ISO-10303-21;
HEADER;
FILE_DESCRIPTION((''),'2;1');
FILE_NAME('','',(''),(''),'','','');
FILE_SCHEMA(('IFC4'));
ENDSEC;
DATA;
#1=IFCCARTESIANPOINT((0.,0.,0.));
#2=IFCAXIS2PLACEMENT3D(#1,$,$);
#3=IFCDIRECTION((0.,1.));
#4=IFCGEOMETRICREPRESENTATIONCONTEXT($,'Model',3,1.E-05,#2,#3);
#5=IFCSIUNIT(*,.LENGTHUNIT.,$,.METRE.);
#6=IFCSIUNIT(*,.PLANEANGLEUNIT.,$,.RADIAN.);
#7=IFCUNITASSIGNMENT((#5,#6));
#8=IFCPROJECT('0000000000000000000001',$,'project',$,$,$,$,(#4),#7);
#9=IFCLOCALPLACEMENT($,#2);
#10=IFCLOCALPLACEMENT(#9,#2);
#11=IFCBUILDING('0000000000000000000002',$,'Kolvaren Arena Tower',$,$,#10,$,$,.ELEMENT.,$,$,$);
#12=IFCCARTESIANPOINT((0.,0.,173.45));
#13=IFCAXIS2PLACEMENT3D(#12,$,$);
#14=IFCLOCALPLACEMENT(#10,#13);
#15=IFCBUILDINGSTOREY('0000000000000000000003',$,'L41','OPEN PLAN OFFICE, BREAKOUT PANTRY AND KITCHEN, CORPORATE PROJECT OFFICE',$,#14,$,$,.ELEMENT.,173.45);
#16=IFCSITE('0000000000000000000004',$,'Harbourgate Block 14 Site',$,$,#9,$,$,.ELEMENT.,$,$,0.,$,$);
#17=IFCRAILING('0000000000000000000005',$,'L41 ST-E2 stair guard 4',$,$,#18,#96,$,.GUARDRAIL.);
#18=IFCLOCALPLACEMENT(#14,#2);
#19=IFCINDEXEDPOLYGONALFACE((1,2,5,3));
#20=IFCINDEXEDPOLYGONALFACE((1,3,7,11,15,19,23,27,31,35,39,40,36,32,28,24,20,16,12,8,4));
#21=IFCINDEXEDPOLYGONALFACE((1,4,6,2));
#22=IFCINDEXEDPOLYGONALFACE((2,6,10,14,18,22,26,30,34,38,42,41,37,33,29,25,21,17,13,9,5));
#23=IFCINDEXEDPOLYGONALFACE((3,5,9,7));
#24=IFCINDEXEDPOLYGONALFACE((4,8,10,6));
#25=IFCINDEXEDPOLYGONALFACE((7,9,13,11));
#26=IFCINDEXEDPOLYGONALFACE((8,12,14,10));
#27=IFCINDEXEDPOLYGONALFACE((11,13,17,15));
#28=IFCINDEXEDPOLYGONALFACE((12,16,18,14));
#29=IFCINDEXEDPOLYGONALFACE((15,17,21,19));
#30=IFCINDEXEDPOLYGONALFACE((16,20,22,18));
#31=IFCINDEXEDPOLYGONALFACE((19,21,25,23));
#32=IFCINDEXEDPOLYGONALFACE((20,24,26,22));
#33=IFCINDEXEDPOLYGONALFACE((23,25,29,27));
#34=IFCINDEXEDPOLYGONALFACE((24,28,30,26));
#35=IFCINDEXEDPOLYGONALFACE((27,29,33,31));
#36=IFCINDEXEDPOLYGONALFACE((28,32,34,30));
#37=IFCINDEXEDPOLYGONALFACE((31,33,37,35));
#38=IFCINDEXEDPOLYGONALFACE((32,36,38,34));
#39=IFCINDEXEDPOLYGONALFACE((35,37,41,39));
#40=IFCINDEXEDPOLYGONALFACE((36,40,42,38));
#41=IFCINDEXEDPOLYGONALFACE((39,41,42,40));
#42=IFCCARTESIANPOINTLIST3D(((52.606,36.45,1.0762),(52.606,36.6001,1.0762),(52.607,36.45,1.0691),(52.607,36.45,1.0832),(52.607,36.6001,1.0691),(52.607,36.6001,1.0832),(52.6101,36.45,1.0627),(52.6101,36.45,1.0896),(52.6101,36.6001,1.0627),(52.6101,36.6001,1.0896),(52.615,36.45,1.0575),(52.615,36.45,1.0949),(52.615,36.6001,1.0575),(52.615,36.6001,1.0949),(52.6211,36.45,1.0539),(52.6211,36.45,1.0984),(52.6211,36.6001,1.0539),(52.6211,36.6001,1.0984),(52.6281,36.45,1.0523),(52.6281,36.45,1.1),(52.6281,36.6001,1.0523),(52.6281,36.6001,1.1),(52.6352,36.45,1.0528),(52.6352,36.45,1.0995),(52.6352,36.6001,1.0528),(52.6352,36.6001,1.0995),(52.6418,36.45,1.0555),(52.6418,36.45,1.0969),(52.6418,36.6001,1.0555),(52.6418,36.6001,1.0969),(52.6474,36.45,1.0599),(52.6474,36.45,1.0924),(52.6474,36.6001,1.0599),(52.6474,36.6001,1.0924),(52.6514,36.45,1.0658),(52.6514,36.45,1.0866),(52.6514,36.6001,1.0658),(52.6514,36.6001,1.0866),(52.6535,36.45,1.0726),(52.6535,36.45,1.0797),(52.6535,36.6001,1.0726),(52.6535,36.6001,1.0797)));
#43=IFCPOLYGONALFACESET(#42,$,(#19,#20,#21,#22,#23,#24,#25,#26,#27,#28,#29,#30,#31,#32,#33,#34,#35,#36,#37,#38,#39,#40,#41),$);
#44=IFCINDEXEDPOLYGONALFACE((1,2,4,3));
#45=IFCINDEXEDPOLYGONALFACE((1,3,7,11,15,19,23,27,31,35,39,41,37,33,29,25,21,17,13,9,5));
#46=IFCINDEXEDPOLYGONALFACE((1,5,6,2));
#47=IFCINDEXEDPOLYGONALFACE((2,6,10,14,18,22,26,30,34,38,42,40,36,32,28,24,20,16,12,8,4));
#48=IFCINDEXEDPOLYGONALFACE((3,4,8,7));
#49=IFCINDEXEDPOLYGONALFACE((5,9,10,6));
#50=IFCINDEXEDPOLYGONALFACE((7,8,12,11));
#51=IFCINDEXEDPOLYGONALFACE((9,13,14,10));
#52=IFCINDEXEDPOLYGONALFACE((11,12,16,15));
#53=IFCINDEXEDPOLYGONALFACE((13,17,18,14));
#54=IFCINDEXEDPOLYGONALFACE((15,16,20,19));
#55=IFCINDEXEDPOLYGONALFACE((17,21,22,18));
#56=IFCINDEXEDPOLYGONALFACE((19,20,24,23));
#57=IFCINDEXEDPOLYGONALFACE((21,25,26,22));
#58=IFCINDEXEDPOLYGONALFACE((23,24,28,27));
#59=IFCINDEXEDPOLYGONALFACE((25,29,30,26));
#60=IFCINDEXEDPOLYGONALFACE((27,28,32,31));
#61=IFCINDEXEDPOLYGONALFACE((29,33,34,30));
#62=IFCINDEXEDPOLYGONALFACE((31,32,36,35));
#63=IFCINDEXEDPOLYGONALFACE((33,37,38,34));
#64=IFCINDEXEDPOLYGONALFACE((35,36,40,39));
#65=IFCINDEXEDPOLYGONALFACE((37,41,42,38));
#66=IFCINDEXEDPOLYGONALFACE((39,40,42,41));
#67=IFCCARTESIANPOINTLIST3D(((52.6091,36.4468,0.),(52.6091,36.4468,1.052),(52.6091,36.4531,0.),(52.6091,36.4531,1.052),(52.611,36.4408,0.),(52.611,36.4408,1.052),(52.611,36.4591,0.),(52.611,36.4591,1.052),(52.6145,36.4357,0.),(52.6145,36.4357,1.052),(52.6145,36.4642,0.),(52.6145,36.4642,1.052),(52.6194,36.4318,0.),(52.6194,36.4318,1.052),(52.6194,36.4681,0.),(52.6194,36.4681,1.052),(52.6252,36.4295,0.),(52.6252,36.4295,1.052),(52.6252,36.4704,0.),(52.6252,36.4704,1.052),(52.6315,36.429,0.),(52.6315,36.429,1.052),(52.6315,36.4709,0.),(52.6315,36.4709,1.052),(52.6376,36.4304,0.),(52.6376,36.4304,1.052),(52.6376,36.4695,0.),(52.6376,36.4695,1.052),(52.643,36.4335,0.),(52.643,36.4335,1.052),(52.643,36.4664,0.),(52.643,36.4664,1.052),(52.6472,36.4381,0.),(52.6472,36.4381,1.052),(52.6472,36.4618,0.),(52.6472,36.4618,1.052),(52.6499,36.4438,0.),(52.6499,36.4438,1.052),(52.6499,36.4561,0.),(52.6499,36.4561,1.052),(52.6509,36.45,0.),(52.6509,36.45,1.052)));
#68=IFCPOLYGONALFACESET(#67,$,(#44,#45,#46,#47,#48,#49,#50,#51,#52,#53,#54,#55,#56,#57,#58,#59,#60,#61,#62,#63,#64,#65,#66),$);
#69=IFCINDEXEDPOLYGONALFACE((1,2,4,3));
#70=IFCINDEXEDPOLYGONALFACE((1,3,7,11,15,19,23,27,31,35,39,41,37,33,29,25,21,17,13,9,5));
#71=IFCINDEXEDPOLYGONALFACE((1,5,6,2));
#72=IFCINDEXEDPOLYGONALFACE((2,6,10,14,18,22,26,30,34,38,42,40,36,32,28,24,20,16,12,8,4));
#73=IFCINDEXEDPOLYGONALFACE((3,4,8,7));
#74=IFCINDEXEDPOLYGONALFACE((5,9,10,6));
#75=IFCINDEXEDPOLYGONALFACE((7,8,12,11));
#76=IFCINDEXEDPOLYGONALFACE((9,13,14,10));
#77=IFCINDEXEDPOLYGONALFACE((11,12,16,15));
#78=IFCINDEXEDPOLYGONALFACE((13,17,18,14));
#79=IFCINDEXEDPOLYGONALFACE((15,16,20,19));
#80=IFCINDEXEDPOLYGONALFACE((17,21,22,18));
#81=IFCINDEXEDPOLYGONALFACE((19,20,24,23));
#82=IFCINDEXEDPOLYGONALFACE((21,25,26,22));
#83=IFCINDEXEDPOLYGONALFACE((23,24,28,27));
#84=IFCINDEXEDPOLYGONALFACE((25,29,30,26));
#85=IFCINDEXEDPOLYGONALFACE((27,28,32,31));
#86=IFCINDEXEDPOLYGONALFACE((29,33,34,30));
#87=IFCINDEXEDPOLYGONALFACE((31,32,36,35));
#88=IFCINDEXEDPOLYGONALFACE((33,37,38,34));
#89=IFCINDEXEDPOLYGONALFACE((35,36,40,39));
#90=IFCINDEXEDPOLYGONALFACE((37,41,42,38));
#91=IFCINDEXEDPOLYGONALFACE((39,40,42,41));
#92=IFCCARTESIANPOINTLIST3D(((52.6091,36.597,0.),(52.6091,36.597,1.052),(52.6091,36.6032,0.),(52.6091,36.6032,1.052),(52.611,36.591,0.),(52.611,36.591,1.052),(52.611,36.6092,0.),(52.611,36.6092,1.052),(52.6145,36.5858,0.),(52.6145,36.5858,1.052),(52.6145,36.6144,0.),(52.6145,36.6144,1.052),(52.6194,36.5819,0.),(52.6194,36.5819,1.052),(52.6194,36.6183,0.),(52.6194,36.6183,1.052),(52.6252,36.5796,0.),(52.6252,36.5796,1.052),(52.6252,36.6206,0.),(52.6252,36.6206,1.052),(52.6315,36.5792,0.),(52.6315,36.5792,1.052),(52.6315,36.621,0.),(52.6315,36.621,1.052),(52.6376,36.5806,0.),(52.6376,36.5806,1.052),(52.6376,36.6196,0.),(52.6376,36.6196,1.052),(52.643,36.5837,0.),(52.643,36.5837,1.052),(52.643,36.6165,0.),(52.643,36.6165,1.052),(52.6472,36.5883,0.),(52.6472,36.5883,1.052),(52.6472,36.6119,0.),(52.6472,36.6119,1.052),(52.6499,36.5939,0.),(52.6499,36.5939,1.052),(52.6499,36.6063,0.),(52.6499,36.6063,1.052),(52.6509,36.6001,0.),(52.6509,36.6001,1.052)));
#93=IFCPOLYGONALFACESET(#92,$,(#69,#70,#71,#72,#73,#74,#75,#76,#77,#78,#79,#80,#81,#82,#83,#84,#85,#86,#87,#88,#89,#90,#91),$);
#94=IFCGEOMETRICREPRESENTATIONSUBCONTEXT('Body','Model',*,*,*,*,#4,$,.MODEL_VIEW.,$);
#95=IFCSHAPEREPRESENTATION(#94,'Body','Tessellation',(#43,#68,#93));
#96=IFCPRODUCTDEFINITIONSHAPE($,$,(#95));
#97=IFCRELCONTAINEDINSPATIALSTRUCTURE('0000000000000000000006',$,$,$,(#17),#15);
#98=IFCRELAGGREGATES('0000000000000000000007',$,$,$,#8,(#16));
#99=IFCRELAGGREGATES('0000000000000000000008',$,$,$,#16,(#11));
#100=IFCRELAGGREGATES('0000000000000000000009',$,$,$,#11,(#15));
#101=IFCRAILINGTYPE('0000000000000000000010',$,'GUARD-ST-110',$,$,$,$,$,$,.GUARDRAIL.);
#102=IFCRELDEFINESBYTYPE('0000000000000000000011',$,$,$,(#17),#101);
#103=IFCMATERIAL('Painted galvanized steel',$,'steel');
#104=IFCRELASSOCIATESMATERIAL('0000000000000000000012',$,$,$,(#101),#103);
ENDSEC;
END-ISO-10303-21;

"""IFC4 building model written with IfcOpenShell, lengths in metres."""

from ifc_helpers import new_model, si_unit, direction, frame, origin, origin_2d, place, context, subcontext, project, spatial, circle, extrude, material, type_object, element, save


model = new_model("IFC4")

# Units and contexts
model_context = context("Model", 3, precision=1e-05, world=origin(), true_north=direction((0.0, 1.0)))
body_context = subcontext(model_context, "Body", "Model", "MODEL_VIEW")
ifc_project = project(units=[si_unit("LENGTHUNIT", "METRE"), si_unit("PLANEANGLEUNIT", "RADIAN")], contexts=[model_context])

# Site, building, storey
site_placement = place(None, origin())
site = spatial("IfcSite", under=ifc_project, at=site_placement, Name="Harbourgate Block 14 Site", CompositionType="ELEMENT", RefElevation=0.0)
building_placement = place(site_placement, origin())
building = spatial("IfcBuilding", under=site, at=building_placement, Name="Kolvaren Arena Tower", CompositionType="ELEMENT")
storey_placement = place(building_placement, frame((0.0, 0.0, 173.45)))
storey = spatial("IfcBuildingStorey", under=building, at=storey_placement, Name="L41", Description="OPEN PLAN OFFICE, BREAKOUT PANTRY AND KITCHEN, CORPORATE PROJECT OFFICE", CompositionType="ELEMENT", Elevation=173.45)

# Railing
ifc_material_1 = material(Name="Painted galvanized steel", Category="steel")
railing_type_1 = type_object("IfcRailingType", Name="GUARD-ST-110", PredefinedType="GUARDRAIL", material=ifc_material_1)
railing_1_placement = place(storey_placement, frame((52.6299, 36.45, 0.0)))
element("IfcRailing", 1, at=railing_1_placement, inside=storey, type_object=railing_type_1, Name="L41 ST-E2 stair guard 4", PredefinedType="GUARDRAIL", context=body_context, shape_type="SweptSolid", body=[
    extrude(circle(Radius=0.0239, at=origin_2d()), frame((0.0, 0.0, 1.0762), z_axis=(0.0, 1.0, 0.0), x_axis=(-1.0, 0.0, 0.0)), (0.0, 0.0, 1.0), 0.1501),
    extrude(circle(Radius=0.021, at=origin_2d()), origin(), (0.0, 0.0, 1.0), 1.052),
    extrude(circle(Radius=0.021, at=origin_2d()), frame((0.0, 0.1501, 0.0)), (0.0, 0.0, 1.0), 1.052),
])

save(model, "model.ifc")
